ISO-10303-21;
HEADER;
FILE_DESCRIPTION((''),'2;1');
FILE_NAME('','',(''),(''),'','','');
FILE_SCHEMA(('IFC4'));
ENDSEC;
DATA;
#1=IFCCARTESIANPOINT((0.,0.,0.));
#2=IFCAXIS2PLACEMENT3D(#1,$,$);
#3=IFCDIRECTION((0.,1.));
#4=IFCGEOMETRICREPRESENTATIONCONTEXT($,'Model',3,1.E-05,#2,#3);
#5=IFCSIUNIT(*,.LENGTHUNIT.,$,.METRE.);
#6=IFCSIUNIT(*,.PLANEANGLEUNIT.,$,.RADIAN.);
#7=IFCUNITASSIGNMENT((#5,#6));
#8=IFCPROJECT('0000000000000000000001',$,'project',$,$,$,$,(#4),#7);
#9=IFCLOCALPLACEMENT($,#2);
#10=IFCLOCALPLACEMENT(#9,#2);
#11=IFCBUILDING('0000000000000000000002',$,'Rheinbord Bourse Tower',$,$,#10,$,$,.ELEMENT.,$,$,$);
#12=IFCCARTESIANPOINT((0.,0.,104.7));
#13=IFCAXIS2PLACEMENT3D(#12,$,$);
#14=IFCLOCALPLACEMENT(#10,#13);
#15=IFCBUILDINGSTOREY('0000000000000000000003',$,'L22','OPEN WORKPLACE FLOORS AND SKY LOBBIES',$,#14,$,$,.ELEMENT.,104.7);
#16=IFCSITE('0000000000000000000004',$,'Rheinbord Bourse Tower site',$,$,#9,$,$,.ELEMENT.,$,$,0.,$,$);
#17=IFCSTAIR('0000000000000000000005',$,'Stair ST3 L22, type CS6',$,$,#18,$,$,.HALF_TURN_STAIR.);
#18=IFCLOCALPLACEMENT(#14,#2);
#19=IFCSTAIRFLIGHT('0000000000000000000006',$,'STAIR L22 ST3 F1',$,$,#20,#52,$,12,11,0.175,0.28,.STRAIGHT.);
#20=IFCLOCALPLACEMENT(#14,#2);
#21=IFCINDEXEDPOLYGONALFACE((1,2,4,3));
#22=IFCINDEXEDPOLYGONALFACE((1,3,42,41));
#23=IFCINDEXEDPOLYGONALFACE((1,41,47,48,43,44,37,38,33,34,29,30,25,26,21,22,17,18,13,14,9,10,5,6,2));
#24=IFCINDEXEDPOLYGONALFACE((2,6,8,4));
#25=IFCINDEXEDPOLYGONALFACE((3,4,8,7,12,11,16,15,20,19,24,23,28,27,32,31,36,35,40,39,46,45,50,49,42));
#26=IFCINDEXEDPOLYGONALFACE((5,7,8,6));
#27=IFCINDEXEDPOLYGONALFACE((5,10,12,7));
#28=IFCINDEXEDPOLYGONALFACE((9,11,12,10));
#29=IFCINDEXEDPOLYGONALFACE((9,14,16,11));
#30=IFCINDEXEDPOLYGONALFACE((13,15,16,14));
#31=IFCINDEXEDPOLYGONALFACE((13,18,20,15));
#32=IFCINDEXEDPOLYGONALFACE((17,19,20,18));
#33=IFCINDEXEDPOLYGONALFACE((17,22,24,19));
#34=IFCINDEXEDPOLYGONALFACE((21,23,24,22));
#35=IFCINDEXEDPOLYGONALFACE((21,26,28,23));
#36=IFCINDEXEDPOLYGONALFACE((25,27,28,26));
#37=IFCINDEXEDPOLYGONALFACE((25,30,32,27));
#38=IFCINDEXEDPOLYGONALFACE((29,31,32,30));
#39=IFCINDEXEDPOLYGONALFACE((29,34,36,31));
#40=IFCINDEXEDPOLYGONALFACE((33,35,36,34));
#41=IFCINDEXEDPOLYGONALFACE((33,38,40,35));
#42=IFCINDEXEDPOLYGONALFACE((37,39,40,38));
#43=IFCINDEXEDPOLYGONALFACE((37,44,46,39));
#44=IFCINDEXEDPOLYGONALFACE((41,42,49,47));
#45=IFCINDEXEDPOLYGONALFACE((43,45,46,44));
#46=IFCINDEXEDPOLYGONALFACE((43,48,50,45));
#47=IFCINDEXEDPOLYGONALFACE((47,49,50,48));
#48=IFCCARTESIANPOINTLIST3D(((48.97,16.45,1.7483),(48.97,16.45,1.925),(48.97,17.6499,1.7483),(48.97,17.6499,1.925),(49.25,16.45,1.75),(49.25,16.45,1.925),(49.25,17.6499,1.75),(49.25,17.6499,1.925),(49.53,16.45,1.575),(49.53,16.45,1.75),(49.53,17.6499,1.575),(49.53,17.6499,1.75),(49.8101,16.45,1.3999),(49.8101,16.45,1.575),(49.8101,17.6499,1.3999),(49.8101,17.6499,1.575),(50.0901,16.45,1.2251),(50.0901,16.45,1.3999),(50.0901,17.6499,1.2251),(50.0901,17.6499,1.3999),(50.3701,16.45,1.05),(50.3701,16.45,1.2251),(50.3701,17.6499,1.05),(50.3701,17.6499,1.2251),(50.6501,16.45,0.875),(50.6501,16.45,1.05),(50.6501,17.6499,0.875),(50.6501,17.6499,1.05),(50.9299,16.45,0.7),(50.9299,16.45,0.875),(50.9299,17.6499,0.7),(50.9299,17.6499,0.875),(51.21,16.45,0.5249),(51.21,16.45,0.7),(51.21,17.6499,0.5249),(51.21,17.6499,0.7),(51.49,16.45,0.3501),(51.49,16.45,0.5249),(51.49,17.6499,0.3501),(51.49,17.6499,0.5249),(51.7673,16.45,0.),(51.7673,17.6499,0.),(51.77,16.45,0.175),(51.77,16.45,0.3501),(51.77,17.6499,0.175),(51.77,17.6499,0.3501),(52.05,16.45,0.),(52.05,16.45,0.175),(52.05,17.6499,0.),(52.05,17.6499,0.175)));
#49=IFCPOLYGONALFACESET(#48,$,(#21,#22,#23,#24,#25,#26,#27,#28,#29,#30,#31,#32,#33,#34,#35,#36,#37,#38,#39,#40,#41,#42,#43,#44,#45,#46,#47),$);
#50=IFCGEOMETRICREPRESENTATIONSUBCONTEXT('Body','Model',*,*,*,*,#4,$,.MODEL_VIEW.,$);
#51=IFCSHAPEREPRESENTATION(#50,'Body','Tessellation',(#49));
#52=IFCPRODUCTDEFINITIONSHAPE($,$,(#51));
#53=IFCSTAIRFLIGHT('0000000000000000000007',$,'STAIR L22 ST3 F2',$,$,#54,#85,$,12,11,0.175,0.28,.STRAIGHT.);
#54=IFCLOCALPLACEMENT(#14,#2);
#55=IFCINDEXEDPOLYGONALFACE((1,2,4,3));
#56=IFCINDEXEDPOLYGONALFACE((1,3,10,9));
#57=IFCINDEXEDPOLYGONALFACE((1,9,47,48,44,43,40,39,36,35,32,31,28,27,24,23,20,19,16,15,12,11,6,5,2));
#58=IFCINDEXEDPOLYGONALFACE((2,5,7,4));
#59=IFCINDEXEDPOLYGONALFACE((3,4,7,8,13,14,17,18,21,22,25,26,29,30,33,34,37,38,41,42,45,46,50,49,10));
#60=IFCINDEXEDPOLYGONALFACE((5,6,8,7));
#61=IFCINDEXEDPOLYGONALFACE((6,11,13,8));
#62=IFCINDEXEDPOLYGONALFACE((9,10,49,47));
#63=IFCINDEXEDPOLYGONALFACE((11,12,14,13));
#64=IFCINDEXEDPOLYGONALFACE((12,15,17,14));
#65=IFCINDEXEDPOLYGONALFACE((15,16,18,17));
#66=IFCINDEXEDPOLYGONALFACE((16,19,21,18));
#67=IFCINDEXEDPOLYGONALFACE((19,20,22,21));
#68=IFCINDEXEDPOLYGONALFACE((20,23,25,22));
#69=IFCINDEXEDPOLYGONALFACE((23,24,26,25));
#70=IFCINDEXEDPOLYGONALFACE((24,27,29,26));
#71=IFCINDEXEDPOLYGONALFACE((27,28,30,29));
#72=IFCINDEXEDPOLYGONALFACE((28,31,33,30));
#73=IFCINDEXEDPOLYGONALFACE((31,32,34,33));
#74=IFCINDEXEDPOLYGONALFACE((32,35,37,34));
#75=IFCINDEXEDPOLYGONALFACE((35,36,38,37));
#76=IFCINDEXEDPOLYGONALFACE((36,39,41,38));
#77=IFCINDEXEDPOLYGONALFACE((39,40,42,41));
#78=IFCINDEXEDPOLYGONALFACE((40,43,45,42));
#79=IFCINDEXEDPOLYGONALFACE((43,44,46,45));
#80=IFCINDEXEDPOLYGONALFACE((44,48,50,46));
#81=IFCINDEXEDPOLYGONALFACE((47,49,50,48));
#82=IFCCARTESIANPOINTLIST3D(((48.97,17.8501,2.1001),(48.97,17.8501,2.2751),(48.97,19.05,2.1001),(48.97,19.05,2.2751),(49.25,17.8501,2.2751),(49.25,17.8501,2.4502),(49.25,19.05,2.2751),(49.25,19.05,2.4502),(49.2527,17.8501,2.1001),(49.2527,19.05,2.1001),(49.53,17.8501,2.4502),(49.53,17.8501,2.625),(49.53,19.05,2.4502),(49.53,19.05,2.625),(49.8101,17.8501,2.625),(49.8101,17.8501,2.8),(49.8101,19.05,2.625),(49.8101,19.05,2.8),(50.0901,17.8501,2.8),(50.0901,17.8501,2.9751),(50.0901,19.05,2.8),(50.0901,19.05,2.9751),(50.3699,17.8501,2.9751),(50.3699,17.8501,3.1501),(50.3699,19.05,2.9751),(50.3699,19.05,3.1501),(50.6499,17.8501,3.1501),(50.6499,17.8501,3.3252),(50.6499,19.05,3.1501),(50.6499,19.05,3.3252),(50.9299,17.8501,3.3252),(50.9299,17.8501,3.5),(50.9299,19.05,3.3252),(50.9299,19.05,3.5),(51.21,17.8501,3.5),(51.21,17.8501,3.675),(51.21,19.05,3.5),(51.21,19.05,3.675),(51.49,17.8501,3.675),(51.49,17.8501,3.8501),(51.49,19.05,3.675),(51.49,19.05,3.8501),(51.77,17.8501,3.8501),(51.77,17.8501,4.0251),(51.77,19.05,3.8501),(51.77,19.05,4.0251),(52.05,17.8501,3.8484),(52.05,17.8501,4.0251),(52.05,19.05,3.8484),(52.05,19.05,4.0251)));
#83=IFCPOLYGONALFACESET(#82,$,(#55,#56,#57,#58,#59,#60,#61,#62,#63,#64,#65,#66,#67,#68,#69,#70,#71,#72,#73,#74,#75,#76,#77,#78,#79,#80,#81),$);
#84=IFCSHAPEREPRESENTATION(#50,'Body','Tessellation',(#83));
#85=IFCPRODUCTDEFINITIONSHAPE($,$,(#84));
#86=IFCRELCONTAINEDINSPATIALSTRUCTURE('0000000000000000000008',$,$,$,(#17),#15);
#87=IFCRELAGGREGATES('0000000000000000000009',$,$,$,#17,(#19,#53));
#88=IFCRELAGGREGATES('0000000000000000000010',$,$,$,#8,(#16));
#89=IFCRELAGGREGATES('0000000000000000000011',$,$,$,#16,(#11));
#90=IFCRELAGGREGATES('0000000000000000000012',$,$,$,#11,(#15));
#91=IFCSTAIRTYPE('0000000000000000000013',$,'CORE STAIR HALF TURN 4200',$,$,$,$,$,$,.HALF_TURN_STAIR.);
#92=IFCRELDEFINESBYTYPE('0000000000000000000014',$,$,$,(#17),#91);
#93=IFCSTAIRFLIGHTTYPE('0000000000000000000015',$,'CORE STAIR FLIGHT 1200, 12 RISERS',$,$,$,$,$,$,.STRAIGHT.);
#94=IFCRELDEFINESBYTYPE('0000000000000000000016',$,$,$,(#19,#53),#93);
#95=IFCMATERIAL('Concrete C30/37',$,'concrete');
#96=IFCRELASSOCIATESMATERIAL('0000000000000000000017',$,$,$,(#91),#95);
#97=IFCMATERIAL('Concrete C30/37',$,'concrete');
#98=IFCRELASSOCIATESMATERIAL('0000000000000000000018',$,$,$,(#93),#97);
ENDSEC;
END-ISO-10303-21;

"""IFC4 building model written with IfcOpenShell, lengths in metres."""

from ifc_helpers import new_model, si_unit, direction, frame, origin, place, context, subcontext, project, spatial, polyline, outline, extrude, material, type_object, element, aggregate, save


model = new_model("IFC4")

# Units and contexts
model_context = context("Model", 3, precision=1e-05, world=origin(), true_north=direction((0.0, 1.0)))
body_context = subcontext(model_context, "Body", "Model", "MODEL_VIEW")
ifc_project = project(units=[si_unit("LENGTHUNIT", "METRE"), si_unit("PLANEANGLEUNIT", "RADIAN")], contexts=[model_context])

# Site, building, storey
site_placement = place(None, origin())
site = spatial("IfcSite", under=ifc_project, at=site_placement, Name="Rheinbord Bourse Tower site", CompositionType="ELEMENT", RefElevation=0.0)
building_placement = place(site_placement, origin())
building = spatial("IfcBuilding", under=site, at=building_placement, Name="Rheinbord Bourse Tower", CompositionType="ELEMENT")
storey_placement = place(building_placement, frame((0.0, 0.0, 104.7)))
storey = spatial("IfcBuildingStorey", under=building, at=storey_placement, Name="L22", Description="OPEN WORKPLACE FLOORS AND SKY LOBBIES", CompositionType="ELEMENT", Elevation=104.7)

# Stair, stair flights
ifc_material_1 = material(Name="Concrete C30/37", Category="concrete")
stair_type = type_object("IfcStairType", Name="CORE STAIR HALF TURN 4200", PredefinedType="HALF_TURN_STAIR", material=ifc_material_1)
stair_placement = place(storey_placement, origin())
stair = element("IfcStair", 1, at=stair_placement, inside=storey, type_object=stair_type, Name="Stair ST3 L22, type CS6", PredefinedType="HALF_TURN_STAIR")
ifc_material_2 = material(Name="Concrete C30/37", Category="concrete")
stair_flight_type = type_object("IfcStairFlightType", Name="CORE STAIR FLIGHT 1200, 12 RISERS", PredefinedType="STRAIGHT", material=ifc_material_2)
stair_flight_1_placement = place(storey_placement, frame((52.05, 17.05, 0.0), z_axis=(0.0, 0.0, 1.0), x_axis=(-1.0, 0.0, 0.0)))
stair_flight_1 = element("IfcStairFlight", 2, at=stair_flight_1_placement, type_object=stair_flight_type, Name="STAIR L22 ST3 F1", NumberOfRisers=12, NumberOfTreads=11, PredefinedType="STRAIGHT", RiserHeight=0.175, TreadLength=0.28, context=body_context, shape_type="SweptSolid", body=[
    extrude(outline(polyline([(0.0, 0.0), (0.0, 0.175), (0.28, 0.175), (0.28, 0.3501), (0.5601, 0.3501), (0.5601, 0.5249), (0.8401, 0.5249), (0.8401, 0.7), (1.1201, 0.7), (1.1201, 0.875), (1.3999, 0.875), (1.3999, 1.05), (1.6799, 1.05), (1.6799, 1.2251), (1.96, 1.2251), (1.96, 1.3999), (2.24, 1.3999), (2.24, 1.575), (2.52, 1.575), (2.52, 1.75), (2.8, 1.75), (2.8, 1.925), (3.0801, 1.925), (3.0801, 2.1001), (3.0801, 1.7483), (0.2827, 0.0), (0.0, 0.0)])), frame((0.0, 0.6001, 0.0), z_axis=(0.0, -1.0, 0.0), x_axis=(1.0, 0.0, 0.0)), (0.0, 0.0, 1.0), 1.2),
])
stair_flight_2_placement = place(storey_placement, frame((48.97, 18.45, 2.1001), z_axis=(0.0, 0.0, 1.0), x_axis=(1.0, 0.0, 0.0)))
stair_flight_2 = element("IfcStairFlight", 3, at=stair_flight_2_placement, type_object=stair_flight_type, Name="STAIR L22 ST3 F2", NumberOfRisers=12, NumberOfTreads=11, PredefinedType="STRAIGHT", RiserHeight=0.175, TreadLength=0.28, context=body_context, shape_type="SweptSolid", body=[
    extrude(outline(polyline([(0.0, 0.0), (0.0, 0.175), (0.28, 0.175), (0.28, 0.3501), (0.5601, 0.3501), (0.5601, 0.5249), (0.8401, 0.5249), (0.8401, 0.7), (1.1201, 0.7), (1.1201, 0.875), (1.3999, 0.875), (1.3999, 1.05), (1.6799, 1.05), (1.6799, 1.2251), (1.96, 1.2251), (1.96, 1.3999), (2.24, 1.3999), (2.24, 1.575), (2.52, 1.575), (2.52, 1.75), (2.8, 1.75), (2.8, 1.925), (3.0801, 1.925), (3.0801, 2.1001), (3.0801, 1.7483), (0.2827, 0.0), (0.0, 0.0)])), frame((0.0, 0.6001, 0.0), z_axis=(0.0, -1.0, 0.0), x_axis=(1.0, 0.0, 0.0)), (0.0, 0.0, 1.0), 1.2),
])
aggregate(stair, [stair_flight_1, stair_flight_2])

save(model, "model.ifc")
